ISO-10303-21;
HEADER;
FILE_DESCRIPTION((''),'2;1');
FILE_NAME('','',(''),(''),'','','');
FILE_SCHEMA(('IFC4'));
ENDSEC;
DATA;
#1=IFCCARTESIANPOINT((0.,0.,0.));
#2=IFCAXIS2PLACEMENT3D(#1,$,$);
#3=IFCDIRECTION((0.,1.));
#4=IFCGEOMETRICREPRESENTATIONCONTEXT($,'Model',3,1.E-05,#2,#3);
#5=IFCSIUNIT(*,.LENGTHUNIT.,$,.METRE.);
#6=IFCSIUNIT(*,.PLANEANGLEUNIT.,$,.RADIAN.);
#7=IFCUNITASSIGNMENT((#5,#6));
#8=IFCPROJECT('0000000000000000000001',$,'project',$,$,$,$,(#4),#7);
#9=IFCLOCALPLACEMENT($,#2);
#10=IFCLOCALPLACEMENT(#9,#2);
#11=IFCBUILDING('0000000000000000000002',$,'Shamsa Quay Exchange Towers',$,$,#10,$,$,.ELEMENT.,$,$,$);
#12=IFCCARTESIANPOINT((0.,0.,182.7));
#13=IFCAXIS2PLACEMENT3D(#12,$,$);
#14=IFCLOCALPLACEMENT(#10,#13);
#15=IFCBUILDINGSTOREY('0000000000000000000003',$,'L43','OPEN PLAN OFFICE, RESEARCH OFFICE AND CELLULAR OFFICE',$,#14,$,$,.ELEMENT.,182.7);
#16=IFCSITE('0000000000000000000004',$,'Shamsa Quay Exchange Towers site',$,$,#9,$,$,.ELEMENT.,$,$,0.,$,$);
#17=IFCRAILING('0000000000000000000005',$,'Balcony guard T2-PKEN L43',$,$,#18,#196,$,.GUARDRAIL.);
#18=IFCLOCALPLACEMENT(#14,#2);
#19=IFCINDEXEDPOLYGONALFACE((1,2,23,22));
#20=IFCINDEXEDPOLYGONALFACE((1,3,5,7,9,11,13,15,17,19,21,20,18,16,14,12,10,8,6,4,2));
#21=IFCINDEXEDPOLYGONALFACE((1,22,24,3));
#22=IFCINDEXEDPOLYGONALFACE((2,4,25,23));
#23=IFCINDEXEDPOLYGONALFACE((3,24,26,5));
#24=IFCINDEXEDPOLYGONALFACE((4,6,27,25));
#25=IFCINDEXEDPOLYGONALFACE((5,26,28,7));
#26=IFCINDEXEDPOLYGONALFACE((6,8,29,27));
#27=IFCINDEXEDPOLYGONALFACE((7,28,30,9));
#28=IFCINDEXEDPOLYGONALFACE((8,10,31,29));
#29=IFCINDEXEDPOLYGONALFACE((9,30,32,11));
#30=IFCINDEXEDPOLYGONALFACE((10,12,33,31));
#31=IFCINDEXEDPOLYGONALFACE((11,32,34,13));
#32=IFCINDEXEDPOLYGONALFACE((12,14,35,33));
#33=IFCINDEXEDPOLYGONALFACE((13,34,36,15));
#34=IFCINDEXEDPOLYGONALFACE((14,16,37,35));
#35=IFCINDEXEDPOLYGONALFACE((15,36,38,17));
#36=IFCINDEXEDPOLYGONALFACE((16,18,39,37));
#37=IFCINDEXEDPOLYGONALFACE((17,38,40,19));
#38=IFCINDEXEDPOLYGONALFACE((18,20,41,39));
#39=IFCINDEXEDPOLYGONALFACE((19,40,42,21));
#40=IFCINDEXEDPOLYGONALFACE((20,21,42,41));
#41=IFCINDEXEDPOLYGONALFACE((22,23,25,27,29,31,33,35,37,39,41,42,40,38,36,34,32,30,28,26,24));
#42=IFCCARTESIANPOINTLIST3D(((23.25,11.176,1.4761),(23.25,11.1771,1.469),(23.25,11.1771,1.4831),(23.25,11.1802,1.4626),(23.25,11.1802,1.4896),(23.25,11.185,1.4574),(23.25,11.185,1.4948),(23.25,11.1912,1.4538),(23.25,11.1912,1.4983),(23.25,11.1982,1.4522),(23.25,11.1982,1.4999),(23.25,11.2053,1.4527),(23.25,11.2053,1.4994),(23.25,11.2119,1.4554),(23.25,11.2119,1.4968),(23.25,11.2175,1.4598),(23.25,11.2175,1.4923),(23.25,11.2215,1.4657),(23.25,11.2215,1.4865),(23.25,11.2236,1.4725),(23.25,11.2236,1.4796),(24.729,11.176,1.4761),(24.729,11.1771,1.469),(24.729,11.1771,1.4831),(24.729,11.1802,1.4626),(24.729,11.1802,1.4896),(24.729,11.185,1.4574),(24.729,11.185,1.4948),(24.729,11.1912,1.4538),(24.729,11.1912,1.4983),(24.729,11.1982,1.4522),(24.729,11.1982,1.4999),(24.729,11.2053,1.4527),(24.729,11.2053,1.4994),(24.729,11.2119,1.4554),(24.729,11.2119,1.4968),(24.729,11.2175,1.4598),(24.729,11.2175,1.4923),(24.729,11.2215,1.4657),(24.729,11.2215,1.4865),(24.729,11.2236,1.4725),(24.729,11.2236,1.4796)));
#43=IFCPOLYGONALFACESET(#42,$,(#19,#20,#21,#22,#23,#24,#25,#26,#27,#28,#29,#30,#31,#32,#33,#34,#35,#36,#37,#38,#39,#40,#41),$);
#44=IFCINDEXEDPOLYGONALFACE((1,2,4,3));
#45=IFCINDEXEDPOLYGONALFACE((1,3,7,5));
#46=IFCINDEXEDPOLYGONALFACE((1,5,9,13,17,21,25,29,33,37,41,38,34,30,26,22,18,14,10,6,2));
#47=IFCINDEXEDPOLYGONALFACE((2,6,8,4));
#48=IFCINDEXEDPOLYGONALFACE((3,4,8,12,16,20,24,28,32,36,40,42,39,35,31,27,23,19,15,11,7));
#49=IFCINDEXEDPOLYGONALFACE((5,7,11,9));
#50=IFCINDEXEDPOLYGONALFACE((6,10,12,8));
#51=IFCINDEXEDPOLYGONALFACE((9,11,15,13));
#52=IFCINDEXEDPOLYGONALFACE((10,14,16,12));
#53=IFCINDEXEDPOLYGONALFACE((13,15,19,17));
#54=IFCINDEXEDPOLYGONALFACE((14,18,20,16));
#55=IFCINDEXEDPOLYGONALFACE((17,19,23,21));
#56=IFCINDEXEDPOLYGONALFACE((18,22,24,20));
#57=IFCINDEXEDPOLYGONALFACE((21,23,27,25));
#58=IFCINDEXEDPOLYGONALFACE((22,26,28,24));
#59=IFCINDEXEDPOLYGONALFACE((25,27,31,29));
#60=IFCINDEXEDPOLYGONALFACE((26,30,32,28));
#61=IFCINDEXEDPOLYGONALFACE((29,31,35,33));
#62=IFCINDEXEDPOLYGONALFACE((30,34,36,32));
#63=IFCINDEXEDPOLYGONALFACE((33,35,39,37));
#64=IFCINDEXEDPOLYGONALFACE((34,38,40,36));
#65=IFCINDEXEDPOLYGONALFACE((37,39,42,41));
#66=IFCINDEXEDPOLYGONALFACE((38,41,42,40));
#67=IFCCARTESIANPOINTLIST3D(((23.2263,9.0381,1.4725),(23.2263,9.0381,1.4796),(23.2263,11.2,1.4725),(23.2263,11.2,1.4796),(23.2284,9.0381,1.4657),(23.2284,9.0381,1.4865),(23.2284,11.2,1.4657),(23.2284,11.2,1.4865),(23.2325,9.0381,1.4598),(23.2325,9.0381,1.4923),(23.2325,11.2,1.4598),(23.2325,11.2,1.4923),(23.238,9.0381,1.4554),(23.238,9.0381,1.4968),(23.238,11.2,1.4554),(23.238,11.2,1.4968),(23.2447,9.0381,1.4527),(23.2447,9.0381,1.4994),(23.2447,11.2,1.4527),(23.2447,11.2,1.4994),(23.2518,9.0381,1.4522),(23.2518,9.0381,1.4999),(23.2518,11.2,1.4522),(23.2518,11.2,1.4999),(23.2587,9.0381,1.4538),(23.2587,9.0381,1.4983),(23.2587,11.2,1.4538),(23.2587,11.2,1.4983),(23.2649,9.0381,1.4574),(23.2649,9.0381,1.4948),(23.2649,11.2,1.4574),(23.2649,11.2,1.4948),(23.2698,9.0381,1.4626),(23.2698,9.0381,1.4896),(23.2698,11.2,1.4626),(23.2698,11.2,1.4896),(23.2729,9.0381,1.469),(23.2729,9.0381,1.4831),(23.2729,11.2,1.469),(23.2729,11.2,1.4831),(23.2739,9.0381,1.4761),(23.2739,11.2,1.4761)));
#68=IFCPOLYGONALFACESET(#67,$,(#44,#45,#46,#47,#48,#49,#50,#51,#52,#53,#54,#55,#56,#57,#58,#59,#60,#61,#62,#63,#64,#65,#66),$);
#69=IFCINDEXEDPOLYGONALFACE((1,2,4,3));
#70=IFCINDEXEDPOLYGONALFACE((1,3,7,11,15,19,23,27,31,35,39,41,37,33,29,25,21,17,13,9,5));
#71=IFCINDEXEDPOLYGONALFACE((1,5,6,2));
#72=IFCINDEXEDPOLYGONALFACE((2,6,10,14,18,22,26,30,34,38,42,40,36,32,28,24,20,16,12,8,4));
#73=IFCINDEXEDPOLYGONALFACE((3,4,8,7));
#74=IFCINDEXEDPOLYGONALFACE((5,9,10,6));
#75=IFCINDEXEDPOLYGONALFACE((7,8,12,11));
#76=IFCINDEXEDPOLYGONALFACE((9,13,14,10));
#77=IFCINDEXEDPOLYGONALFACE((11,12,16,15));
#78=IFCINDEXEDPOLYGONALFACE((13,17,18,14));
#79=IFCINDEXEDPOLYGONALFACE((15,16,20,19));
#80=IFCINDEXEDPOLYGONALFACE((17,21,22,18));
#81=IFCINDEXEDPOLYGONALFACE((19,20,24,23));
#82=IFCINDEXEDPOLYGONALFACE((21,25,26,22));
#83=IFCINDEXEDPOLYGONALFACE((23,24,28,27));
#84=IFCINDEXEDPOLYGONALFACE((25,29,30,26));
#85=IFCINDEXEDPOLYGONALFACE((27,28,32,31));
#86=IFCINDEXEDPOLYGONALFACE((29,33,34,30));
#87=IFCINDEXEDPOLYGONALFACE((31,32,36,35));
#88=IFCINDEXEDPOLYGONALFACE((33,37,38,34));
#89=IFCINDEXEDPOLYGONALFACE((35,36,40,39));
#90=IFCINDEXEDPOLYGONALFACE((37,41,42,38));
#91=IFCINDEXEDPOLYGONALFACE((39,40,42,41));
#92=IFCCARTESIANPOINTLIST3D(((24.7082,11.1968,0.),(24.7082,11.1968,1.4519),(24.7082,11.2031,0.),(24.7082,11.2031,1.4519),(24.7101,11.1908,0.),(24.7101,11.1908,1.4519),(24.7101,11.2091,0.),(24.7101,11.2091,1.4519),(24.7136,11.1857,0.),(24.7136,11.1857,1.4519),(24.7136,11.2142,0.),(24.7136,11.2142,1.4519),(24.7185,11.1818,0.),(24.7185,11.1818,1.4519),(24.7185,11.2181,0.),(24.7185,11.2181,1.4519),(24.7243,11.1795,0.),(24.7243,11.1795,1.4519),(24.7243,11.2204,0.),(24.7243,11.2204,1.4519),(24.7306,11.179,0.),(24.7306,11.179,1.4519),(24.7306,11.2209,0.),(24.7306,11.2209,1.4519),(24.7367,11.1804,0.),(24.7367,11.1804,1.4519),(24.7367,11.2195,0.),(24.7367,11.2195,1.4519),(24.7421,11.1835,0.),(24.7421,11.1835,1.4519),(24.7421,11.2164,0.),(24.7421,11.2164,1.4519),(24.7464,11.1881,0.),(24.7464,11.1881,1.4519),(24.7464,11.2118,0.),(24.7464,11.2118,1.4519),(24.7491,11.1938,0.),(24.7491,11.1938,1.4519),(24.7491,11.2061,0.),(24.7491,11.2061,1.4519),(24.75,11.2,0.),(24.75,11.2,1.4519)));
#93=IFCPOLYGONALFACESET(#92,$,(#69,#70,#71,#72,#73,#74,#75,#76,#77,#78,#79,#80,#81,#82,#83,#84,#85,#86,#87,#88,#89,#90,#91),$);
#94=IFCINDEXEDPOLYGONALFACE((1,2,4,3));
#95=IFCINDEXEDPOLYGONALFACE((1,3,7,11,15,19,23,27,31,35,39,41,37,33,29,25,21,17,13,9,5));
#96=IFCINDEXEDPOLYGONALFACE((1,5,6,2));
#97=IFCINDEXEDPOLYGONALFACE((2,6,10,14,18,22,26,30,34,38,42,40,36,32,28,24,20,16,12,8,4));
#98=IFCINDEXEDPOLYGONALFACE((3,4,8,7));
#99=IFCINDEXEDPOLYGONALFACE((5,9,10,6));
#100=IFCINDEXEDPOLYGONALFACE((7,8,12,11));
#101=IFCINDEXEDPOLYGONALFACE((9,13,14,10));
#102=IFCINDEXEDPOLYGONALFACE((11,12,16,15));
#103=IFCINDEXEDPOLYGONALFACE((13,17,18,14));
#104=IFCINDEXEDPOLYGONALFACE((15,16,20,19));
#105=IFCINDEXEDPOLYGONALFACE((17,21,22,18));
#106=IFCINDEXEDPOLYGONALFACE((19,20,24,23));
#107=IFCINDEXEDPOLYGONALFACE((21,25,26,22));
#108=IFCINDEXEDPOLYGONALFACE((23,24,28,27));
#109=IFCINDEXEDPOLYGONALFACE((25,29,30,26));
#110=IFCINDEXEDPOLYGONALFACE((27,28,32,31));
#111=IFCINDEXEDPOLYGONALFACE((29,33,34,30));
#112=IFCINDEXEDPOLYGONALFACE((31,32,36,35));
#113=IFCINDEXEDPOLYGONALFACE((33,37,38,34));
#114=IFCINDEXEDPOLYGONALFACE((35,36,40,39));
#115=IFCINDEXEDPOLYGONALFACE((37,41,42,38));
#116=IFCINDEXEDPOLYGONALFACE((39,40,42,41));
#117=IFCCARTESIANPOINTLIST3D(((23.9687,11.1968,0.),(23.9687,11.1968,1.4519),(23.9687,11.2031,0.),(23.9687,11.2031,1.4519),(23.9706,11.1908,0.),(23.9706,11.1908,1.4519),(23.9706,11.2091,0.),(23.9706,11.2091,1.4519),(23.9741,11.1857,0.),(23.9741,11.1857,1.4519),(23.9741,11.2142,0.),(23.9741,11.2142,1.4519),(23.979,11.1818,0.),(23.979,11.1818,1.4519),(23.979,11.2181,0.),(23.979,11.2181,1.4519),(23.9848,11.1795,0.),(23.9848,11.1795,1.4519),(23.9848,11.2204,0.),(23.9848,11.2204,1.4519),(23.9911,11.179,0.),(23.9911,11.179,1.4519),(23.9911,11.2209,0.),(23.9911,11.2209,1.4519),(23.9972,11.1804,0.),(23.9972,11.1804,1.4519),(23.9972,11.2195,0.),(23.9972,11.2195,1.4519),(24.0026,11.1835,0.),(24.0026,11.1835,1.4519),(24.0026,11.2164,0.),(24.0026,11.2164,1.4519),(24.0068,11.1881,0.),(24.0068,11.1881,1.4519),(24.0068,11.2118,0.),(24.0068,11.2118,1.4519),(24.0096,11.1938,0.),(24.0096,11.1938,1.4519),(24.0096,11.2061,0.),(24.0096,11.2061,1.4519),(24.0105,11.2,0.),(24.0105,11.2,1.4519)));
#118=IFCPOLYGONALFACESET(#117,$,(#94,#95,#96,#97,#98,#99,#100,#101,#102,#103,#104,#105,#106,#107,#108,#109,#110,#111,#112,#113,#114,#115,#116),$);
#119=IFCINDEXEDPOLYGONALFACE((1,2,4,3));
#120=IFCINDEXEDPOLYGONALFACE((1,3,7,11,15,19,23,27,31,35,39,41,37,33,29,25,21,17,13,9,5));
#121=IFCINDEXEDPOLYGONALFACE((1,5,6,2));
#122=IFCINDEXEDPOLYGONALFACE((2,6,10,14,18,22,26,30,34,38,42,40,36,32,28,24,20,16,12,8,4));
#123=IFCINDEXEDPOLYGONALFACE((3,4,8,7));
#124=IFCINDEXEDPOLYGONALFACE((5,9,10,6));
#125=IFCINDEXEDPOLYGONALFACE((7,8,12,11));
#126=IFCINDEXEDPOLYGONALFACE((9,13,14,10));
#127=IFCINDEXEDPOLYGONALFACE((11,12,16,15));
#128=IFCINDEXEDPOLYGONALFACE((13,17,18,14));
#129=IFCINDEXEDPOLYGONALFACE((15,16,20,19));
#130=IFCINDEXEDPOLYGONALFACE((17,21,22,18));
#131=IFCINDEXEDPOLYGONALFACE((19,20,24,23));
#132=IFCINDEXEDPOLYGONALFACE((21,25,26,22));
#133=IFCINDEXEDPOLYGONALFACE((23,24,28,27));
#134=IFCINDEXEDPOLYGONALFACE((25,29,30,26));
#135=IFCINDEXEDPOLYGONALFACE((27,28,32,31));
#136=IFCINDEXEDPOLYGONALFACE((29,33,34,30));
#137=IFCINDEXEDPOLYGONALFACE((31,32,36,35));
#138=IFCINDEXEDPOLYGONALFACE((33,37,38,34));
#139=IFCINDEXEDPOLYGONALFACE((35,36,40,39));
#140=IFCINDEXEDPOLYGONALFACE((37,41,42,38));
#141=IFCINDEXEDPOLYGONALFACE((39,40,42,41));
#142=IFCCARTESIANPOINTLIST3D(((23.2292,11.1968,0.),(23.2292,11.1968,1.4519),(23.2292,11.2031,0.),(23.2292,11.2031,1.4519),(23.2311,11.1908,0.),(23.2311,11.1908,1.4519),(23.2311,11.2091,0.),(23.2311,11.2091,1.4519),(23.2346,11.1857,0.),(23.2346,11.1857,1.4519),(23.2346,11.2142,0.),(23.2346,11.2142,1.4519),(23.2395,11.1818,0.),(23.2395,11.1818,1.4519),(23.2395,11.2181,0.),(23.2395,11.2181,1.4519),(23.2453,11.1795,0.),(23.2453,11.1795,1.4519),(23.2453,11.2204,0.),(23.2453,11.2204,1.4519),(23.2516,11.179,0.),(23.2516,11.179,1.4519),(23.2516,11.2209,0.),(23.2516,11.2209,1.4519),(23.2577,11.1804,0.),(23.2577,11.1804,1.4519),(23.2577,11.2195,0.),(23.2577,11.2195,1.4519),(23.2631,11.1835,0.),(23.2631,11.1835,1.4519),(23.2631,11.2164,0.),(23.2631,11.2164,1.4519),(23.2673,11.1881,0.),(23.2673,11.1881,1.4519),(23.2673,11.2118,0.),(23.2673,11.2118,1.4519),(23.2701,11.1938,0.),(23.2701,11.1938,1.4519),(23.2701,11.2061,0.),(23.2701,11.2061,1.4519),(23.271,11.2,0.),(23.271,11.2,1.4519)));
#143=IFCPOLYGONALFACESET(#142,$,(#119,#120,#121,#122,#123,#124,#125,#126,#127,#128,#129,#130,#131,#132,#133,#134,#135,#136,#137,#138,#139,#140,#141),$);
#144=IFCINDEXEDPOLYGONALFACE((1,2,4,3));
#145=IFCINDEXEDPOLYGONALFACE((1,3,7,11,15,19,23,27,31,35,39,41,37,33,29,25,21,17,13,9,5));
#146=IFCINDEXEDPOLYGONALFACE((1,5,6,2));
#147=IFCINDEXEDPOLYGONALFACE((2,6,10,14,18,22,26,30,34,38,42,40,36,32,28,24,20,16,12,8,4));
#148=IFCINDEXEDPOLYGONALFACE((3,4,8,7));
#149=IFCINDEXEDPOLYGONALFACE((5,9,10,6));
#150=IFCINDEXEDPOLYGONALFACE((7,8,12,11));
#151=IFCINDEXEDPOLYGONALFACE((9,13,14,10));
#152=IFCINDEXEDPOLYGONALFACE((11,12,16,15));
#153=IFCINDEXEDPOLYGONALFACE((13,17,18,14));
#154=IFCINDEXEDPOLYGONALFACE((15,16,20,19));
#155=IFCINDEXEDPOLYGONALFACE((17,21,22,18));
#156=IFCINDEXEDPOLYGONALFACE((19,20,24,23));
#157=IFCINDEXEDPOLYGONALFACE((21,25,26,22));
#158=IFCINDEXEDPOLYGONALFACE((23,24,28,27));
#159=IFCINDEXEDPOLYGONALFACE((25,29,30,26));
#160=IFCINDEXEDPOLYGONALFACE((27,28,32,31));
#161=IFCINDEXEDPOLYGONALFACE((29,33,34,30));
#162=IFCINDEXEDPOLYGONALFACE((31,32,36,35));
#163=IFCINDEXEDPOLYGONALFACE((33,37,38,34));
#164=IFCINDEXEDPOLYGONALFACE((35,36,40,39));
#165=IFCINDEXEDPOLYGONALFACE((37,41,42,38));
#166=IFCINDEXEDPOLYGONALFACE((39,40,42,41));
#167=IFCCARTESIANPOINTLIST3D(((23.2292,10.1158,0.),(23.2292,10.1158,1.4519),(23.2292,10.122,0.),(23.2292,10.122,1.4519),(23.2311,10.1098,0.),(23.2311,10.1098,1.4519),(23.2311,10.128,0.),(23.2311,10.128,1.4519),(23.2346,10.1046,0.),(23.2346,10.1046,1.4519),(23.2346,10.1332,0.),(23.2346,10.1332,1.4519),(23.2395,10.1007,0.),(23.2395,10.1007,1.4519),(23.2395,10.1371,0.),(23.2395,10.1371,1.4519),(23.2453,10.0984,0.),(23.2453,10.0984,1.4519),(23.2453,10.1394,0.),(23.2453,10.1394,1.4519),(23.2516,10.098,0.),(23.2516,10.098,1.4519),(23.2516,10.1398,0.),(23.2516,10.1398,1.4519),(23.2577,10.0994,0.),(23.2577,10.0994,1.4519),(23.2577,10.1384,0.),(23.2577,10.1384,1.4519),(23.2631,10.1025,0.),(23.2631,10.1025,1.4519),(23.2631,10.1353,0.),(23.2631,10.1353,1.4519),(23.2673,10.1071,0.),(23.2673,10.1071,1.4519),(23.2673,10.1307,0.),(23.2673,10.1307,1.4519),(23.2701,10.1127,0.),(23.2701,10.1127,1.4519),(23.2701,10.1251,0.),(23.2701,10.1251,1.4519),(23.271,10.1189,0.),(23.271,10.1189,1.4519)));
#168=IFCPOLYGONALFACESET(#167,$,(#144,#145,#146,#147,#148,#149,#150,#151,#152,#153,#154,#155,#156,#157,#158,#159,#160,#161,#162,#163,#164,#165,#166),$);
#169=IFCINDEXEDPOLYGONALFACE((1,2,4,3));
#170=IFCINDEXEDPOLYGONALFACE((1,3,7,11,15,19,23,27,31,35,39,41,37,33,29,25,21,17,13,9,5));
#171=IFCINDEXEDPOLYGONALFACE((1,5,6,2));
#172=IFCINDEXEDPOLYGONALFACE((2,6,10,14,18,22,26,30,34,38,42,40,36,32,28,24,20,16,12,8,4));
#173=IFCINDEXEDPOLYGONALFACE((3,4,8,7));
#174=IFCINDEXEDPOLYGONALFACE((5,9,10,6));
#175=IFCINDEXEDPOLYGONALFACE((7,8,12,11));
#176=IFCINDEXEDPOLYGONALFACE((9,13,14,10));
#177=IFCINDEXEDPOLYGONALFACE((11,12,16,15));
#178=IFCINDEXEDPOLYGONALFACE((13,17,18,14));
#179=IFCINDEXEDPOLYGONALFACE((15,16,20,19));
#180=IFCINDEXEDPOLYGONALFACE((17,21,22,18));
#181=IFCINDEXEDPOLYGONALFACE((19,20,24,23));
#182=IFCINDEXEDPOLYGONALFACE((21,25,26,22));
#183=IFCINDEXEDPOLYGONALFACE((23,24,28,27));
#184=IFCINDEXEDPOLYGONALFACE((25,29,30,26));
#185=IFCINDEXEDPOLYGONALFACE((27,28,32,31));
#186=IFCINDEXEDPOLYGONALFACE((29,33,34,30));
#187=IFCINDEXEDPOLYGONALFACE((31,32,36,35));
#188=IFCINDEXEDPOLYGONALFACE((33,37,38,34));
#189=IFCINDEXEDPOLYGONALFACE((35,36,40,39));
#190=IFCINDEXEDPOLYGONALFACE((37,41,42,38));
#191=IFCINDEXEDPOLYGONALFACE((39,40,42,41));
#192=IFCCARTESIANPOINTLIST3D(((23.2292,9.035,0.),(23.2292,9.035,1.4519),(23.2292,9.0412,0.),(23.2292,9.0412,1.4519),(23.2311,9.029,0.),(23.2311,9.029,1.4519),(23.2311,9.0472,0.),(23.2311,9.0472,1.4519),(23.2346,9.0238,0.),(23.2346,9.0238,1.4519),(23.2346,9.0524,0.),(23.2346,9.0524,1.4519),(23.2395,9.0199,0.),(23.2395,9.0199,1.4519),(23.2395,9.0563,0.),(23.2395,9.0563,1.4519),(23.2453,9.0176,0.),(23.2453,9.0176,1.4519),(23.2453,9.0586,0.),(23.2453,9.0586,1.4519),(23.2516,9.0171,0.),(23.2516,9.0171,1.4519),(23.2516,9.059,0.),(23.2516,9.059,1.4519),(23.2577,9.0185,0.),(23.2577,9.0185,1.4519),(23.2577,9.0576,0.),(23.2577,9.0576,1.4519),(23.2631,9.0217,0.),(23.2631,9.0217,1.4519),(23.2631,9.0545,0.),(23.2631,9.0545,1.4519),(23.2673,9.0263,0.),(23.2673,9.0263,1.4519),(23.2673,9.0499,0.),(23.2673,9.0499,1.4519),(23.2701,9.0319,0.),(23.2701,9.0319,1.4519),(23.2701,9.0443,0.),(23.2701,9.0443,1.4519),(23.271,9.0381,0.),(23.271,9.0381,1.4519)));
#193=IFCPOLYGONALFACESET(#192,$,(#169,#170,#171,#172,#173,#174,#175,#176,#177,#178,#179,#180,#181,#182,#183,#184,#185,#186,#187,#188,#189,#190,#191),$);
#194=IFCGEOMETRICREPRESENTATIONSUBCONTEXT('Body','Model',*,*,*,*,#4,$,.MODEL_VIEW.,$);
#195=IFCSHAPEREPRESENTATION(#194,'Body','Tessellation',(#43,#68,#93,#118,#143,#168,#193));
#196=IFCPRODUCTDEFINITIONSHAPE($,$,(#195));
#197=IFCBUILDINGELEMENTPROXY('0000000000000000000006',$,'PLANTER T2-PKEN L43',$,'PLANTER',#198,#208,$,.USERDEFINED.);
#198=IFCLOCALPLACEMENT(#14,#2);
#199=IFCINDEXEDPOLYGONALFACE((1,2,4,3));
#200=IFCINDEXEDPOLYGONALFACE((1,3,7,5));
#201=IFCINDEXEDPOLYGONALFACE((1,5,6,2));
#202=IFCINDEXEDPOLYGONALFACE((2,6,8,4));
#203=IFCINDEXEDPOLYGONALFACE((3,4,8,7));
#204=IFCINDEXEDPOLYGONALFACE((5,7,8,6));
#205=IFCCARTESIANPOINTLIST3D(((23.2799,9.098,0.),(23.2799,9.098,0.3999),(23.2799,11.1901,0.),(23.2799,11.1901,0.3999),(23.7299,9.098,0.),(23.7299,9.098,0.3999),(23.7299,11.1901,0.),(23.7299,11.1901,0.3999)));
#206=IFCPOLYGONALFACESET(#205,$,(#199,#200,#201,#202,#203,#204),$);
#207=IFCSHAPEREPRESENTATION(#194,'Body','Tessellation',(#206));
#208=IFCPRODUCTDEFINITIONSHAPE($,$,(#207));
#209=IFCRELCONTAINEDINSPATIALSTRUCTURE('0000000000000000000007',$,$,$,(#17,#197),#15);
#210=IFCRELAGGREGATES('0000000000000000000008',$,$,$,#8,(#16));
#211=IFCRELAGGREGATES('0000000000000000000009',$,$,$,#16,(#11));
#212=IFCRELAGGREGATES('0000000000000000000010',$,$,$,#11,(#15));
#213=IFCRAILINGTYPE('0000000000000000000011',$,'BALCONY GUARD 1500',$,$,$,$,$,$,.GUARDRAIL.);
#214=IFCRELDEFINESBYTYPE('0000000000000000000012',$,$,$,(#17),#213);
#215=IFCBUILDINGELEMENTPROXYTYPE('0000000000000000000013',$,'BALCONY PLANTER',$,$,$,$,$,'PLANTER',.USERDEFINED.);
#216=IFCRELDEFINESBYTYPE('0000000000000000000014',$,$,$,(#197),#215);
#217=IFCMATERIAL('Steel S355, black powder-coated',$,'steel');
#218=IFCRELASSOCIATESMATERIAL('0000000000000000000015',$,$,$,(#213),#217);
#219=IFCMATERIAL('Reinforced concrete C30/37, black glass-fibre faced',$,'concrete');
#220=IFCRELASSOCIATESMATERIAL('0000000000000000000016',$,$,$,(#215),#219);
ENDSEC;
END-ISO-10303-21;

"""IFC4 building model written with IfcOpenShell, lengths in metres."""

from ifc_helpers import new_model, si_unit, direction, frame, origin, origin_2d, place, context, subcontext, project, spatial, rectangle, circle, extrude, material, type_object, element, save


model = new_model("IFC4")

# Units and contexts
model_context = context("Model", 3, precision=1e-05, world=origin(), true_north=direction((0.0, 1.0)))
body_context = subcontext(model_context, "Body", "Model", "MODEL_VIEW")
ifc_project = project(units=[si_unit("LENGTHUNIT", "METRE"), si_unit("PLANEANGLEUNIT", "RADIAN")], contexts=[model_context])

# Site, building, storey
site_placement = place(None, origin())
site = spatial("IfcSite", under=ifc_project, at=site_placement, Name="Shamsa Quay Exchange Towers site", CompositionType="ELEMENT", RefElevation=0.0)
building_placement = place(site_placement, origin())
building = spatial("IfcBuilding", under=site, at=building_placement, Name="Shamsa Quay Exchange Towers", CompositionType="ELEMENT")
storey_placement = place(building_placement, frame((0.0, 0.0, 182.7)))
storey = spatial("IfcBuildingStorey", under=building, at=storey_placement, Name="L43", Description="OPEN PLAN OFFICE, RESEARCH OFFICE AND CELLULAR OFFICE", CompositionType="ELEMENT", Elevation=182.7)

# Railing
ifc_material_1 = material(Name="Steel S355, black powder-coated", Category="steel")
railing_type = type_object("IfcRailingType", Name="BALCONY GUARD 1500", PredefinedType="GUARDRAIL", material=ifc_material_1)
railing_placement = place(storey_placement, frame((24.729, 11.2, 0.0)))
element("IfcRailing", 1, at=railing_placement, inside=storey, type_object=railing_type, Name="Balcony guard T2-PKEN L43", PredefinedType="GUARDRAIL", context=body_context, shape_type="SweptSolid", body=[
    extrude(circle(Radius=0.0239, at=origin_2d()), frame((0.0, 0.0, 1.4761), z_axis=(-1.0, 0.0, 0.0), x_axis=(0.0, -1.0, 0.0)), (0.0, 0.0, 1.0), 1.479),
    extrude(circle(Radius=0.0239, at=origin_2d()), frame((-1.479, 0.0, 1.4761), z_axis=(0.0, -1.0, 0.0), x_axis=(1.0, 0.0, 0.0)), (0.0, 0.0, 1.0), 2.1619),
    extrude(circle(Radius=0.021, at=origin_2d()), origin(), (0.0, 0.0, 1.0), 1.4519),
    extrude(circle(Radius=0.021, at=origin_2d()), frame((-0.7395, 0.0, 0.0)), (0.0, 0.0, 1.0), 1.4519),
    extrude(circle(Radius=0.021, at=origin_2d()), frame((-1.479, 0.0, 0.0)), (0.0, 0.0, 1.0), 1.4519),
    extrude(circle(Radius=0.021, at=origin_2d()), frame((-1.479, -1.0811, 0.0)), (0.0, 0.0, 1.0), 1.4519),
    extrude(circle(Radius=0.021, at=origin_2d()), frame((-1.479, -2.1619, 0.0)), (0.0, 0.0, 1.0), 1.4519),
])

# Building element proxy
ifc_material_2 = material(Name="Reinforced concrete C30/37, black glass-fibre faced", Category="concrete")
building_element_proxy_type = type_object("IfcBuildingElementProxyType", Name="BALCONY PLANTER", ElementType="PLANTER", PredefinedType="USERDEFINED", material=ifc_material_2)
proxy_placement = place(storey_placement, frame((23.5049, 10.144, 0.0), z_axis=(0.0, 0.0, 1.0), x_axis=(0.0, -1.0, 0.0)))
element("IfcBuildingElementProxy", 2, at=proxy_placement, inside=storey, type_object=building_element_proxy_type, Name="PLANTER T2-PKEN L43", ObjectType="PLANTER", PredefinedType="USERDEFINED", context=body_context, shape_type="SweptSolid", body=[
    extrude(rectangle(XDim=2.092, YDim=0.45, at=origin_2d()), origin(), (0.0, 0.0, 1.0), 0.3999),
])

save(model, "model.ifc")
